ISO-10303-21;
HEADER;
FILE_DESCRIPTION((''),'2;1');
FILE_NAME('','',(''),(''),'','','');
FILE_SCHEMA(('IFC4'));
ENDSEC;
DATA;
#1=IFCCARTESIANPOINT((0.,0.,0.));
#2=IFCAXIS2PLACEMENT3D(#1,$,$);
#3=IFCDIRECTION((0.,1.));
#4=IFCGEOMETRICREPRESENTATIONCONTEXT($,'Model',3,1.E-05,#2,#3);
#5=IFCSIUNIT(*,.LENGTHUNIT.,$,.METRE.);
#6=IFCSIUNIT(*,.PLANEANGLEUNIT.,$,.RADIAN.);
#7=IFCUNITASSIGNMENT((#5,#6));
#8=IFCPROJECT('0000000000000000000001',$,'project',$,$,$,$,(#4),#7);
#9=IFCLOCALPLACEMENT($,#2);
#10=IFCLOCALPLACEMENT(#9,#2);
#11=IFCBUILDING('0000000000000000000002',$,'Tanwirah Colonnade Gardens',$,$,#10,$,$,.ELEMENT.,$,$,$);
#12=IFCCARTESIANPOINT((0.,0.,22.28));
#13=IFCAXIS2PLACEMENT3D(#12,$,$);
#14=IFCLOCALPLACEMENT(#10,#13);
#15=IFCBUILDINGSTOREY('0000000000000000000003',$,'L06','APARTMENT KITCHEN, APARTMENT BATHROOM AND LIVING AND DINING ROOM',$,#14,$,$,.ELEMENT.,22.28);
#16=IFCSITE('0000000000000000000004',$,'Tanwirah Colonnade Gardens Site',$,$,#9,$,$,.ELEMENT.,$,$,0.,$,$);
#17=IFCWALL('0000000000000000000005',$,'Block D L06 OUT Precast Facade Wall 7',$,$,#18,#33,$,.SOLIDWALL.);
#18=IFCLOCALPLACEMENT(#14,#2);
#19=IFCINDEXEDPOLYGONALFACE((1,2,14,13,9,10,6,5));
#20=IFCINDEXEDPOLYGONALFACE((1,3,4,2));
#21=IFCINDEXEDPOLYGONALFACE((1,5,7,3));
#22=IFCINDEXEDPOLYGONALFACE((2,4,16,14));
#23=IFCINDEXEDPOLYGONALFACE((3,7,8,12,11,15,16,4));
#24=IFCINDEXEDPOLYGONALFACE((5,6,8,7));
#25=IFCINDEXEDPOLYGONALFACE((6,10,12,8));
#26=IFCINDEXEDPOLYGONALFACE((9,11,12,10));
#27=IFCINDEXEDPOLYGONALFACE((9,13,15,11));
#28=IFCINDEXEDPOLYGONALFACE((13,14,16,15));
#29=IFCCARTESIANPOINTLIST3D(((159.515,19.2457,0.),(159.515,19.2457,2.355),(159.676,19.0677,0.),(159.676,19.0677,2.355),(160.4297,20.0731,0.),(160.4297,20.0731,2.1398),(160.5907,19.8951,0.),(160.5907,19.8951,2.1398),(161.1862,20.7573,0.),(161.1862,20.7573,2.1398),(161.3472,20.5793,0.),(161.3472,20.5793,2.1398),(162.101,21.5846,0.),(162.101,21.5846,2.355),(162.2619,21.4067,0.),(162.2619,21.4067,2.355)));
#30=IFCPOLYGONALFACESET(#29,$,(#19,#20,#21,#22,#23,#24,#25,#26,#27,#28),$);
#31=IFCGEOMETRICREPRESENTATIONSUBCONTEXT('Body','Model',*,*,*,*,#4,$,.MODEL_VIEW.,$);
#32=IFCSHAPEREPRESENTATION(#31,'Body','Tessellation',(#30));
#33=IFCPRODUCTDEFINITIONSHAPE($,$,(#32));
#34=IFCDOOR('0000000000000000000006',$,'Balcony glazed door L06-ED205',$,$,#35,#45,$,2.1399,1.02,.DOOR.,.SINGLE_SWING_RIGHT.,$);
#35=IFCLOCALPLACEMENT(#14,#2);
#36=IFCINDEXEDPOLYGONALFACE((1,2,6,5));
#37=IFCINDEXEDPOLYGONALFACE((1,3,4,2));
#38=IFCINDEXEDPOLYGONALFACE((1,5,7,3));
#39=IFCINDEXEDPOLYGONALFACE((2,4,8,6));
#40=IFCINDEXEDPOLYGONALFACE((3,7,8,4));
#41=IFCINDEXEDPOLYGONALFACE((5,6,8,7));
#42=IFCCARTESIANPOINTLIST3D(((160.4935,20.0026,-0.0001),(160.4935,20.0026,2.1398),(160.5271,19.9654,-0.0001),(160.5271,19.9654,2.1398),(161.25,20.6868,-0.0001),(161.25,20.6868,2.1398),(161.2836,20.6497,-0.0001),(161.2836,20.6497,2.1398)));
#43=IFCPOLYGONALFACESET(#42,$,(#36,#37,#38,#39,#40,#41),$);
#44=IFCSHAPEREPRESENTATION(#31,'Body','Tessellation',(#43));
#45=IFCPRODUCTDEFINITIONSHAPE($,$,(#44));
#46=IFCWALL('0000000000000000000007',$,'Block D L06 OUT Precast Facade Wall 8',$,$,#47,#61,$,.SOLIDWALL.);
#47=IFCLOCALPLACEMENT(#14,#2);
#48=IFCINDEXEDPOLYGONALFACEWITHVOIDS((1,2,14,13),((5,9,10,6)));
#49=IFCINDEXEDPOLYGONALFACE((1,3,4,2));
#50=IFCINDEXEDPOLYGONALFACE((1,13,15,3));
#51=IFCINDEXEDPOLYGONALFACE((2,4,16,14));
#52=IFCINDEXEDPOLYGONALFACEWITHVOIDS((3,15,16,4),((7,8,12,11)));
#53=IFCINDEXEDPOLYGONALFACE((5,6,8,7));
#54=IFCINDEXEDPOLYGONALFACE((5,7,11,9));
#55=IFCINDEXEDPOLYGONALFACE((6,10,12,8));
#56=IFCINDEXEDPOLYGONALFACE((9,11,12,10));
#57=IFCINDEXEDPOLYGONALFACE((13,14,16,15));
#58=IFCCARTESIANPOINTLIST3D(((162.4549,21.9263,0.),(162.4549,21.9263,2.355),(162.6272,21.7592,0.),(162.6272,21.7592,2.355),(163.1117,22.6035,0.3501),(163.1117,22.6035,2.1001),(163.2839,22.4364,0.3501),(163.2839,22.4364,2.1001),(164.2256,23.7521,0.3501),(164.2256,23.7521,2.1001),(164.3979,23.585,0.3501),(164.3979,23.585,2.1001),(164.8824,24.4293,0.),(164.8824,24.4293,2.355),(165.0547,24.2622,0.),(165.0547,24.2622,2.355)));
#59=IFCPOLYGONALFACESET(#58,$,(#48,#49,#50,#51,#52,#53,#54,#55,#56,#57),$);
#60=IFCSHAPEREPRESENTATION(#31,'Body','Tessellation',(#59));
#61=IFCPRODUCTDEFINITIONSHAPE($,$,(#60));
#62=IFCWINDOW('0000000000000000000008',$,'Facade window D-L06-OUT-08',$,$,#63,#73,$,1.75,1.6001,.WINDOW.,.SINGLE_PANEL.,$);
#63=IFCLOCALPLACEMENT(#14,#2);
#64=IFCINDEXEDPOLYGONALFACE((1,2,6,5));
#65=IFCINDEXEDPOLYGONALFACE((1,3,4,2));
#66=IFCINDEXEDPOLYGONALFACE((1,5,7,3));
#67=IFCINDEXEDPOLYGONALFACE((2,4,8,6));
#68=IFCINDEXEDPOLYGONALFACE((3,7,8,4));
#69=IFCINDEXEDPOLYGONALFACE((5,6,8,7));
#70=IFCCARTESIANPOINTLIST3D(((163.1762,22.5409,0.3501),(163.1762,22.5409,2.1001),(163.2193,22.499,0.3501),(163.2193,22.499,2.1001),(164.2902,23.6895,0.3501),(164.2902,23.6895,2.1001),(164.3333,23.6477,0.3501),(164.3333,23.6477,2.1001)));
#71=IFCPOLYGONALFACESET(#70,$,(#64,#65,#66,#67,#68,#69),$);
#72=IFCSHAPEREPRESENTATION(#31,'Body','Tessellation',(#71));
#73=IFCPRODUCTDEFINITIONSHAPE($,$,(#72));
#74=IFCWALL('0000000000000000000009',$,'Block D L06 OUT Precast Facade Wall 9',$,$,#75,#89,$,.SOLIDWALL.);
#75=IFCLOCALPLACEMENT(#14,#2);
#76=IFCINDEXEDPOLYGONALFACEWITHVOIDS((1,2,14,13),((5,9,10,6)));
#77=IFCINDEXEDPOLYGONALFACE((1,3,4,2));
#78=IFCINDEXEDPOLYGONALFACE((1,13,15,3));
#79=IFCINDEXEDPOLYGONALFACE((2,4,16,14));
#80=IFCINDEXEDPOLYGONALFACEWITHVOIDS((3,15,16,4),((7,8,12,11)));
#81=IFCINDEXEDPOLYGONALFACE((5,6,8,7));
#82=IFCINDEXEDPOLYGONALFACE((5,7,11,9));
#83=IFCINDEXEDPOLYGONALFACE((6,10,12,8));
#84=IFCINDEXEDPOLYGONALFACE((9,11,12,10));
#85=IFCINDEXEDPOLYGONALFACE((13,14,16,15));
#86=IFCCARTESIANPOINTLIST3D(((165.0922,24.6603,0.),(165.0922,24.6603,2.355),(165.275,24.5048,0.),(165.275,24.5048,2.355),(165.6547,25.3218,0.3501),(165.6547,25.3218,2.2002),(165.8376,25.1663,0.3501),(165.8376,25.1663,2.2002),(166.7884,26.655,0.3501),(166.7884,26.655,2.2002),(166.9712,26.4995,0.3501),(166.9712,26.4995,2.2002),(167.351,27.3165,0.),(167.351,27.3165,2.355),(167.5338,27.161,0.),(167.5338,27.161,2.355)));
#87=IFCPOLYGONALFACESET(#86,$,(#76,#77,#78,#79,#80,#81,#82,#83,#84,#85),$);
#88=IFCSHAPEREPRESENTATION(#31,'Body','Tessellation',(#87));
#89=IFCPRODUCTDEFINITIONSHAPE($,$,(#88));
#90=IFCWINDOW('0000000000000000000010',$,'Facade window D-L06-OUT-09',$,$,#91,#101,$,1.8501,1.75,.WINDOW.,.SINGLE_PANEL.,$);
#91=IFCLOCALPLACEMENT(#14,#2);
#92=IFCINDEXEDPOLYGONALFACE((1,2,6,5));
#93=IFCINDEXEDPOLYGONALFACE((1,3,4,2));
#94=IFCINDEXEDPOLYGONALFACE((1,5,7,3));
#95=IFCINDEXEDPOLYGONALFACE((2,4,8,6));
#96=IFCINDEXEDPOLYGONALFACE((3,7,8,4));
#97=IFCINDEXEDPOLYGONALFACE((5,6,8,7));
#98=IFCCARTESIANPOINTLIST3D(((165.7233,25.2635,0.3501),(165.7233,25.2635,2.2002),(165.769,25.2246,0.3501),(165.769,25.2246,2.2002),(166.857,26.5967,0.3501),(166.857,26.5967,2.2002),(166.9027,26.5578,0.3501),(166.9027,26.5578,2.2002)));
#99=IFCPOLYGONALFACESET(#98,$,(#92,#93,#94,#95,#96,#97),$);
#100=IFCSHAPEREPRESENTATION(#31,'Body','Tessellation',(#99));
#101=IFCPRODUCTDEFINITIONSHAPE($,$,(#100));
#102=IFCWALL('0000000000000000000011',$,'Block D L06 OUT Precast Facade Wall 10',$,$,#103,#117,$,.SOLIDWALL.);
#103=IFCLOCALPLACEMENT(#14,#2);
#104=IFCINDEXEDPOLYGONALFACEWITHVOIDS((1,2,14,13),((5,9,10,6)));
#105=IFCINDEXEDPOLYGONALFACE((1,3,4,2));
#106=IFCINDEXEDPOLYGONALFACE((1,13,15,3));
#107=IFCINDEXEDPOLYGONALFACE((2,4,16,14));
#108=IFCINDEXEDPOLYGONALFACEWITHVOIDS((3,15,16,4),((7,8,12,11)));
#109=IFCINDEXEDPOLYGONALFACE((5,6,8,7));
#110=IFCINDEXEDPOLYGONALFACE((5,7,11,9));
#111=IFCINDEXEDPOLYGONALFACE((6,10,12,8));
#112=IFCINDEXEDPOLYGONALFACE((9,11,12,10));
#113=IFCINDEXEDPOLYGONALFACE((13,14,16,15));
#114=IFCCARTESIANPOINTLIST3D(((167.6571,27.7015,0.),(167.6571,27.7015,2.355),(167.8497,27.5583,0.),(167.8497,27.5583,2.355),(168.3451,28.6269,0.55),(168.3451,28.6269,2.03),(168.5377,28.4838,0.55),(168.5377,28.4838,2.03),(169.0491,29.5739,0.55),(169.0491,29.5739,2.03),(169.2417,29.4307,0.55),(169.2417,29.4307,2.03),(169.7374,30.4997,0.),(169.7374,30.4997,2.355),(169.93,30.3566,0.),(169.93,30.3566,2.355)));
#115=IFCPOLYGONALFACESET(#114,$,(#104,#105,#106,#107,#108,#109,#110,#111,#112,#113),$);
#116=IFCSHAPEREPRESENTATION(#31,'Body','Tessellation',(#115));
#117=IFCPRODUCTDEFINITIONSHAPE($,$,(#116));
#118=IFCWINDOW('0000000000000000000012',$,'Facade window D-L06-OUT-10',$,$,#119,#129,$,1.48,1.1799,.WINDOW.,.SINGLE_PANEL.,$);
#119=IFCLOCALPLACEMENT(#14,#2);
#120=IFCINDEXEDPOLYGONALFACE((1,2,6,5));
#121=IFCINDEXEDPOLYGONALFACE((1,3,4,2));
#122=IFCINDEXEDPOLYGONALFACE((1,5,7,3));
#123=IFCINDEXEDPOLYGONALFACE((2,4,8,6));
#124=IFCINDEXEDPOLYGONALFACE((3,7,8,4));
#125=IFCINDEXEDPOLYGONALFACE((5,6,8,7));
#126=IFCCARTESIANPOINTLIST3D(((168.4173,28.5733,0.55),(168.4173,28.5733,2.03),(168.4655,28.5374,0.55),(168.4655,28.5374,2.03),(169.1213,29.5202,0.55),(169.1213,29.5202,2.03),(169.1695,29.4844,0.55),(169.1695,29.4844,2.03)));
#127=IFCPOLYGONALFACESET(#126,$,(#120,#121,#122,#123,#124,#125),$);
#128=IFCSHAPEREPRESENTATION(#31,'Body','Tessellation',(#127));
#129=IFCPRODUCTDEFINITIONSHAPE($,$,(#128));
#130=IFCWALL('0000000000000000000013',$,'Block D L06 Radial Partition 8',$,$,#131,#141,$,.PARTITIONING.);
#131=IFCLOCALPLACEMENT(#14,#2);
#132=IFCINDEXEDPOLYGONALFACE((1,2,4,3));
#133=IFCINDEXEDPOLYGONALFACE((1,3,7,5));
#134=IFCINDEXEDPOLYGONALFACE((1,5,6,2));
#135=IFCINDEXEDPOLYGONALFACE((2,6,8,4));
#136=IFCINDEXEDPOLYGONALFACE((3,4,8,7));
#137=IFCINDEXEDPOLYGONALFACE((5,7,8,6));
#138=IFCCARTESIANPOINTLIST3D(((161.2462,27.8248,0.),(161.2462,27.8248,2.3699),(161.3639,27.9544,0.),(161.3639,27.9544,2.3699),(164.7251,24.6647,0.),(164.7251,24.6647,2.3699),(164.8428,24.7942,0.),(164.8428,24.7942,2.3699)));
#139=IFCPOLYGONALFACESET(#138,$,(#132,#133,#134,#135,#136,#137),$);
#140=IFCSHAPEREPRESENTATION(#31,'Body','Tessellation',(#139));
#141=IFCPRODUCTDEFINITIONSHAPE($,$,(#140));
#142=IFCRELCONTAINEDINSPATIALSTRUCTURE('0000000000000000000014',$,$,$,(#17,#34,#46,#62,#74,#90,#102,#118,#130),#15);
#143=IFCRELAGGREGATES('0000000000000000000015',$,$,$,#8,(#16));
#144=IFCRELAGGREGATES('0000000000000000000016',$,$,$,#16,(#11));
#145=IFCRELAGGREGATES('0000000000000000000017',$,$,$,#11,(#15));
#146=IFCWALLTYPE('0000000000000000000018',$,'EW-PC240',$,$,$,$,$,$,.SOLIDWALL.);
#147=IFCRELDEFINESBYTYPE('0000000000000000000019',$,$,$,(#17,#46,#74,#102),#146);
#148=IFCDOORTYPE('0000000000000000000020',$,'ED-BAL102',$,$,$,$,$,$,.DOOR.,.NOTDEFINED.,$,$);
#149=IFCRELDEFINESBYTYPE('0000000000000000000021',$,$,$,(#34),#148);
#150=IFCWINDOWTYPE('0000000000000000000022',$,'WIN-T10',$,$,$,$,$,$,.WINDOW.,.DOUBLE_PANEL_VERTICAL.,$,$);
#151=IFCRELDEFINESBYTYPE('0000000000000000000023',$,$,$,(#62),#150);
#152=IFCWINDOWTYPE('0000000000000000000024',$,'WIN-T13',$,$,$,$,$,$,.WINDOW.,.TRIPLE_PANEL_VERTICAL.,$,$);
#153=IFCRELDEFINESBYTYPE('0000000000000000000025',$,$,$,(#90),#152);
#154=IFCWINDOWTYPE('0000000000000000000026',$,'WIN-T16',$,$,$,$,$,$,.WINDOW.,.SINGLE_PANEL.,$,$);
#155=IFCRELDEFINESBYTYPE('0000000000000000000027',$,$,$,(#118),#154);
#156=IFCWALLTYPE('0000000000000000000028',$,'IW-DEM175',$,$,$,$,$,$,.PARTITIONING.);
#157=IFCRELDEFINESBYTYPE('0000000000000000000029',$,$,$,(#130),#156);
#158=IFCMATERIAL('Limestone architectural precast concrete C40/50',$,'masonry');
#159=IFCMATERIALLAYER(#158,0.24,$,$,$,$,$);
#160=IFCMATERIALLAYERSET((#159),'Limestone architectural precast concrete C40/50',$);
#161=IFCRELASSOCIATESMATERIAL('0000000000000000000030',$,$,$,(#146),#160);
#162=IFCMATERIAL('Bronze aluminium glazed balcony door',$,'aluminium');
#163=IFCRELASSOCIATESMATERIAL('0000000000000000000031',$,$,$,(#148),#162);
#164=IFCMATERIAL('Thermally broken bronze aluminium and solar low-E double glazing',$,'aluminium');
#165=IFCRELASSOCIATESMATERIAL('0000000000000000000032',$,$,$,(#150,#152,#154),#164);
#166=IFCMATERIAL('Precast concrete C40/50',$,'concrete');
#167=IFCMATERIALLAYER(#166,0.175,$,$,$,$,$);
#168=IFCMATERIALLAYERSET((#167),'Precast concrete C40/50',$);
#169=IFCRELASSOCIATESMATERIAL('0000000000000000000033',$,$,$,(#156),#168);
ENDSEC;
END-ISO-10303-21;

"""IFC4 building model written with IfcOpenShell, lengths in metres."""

from ifc_helpers import new_model, si_unit, direction, frame, frame_2d, origin, place, context, subcontext, project, spatial, rectangle, extrude, material, layer, layer_set, type_object, element, fill, save


model = new_model("IFC4")

# Units and contexts
model_context = context("Model", 3, precision=1e-05, world=origin(), true_north=direction((0.0, 1.0)))
body_context = subcontext(model_context, "Body", "Model", "MODEL_VIEW")
ifc_project = project(units=[si_unit("LENGTHUNIT", "METRE"), si_unit("PLANEANGLEUNIT", "RADIAN")], contexts=[model_context])

# Site, building, storey
site_placement = place(None, origin())
site = spatial("IfcSite", under=ifc_project, at=site_placement, Name="Tanwirah Colonnade Gardens Site", CompositionType="ELEMENT", RefElevation=0.0)
building_placement = place(site_placement, origin())
building = spatial("IfcBuilding", under=site, at=building_placement, Name="Tanwirah Colonnade Gardens", CompositionType="ELEMENT")
storey_placement = place(building_placement, frame((0.0, 0.0, 22.28)))
storey = spatial("IfcBuildingStorey", under=building, at=storey_placement, Name="L06", Description="APARTMENT KITCHEN, APARTMENT BATHROOM AND LIVING AND DINING ROOM", CompositionType="ELEMENT", Elevation=22.28)

# Shared definitions
ifc_material_1 = material(Name="Precast concrete C40/50", Category="concrete")

# Wall, opening, door
ifc_material_2 = material(Name="Limestone architectural precast concrete C40/50", Category="masonry")
ifc_layer_1 = layer(ifc_material_2, 0.24)
ifc_layer_set_1 = layer_set([ifc_layer_1], Name="Limestone architectural precast concrete C40/50")
wall_type_1 = type_object("IfcWallType", Name="EW-PC240", PredefinedType="SOLIDWALL", material=ifc_layer_set_1)
wall_1_placement = place(storey_placement, frame((159.5955, 19.1567, 0.0), z_axis=(0.0, 0.0, 1.0), x_axis=(0.741649, 0.670789, 0.0)))
wall_1 = element("IfcWall", 1, at=wall_1_placement, inside=storey, type_object=wall_type_1, Name="Block D L06 OUT Precast Facade Wall 7", PredefinedType="SOLIDWALL", context=body_context, shape_type="SweptSolid", body=[
    extrude(rectangle(XDim=3.4868, YDim=0.24, at=frame_2d((1.7434, 0.0))), origin(), (0.0, 0.0, 1.0), 2.355),
])
opening_1_placement = place(wall_1_placement, frame((1.2334, 0.0, 0.0)))
opening_1 = element("IfcOpeningElement", 2, at=opening_1_placement, cuts=wall_1, PredefinedType="OPENING", context=body_context, shape_type="SweptSolid", body=[
    extrude(rectangle(XDim=1.02, YDim=2.1399, at=frame_2d((0.51, 1.0698))), frame((0.0, 0.1299, 0.0), z_axis=(0.0, -1.0, 0.0), x_axis=(1.0, 0.0, 0.0)), (0.0, 0.0, 1.0), 0.26),
])
ifc_material_3 = material(Name="Bronze aluminium glazed balcony door", Category="aluminium")
door_type_1 = type_object("IfcDoorType", Name="ED-BAL102", OperationType="NOTDEFINED", PredefinedType="DOOR", material=ifc_material_3)
door_1_placement = place(opening_1_placement, origin())
door_1 = element("IfcDoor", 3, at=door_1_placement, inside=storey, type_object=door_type_1, Name="Balcony glazed door L06-ED205", OperationType="SINGLE_SWING_RIGHT", OverallHeight=2.1399, OverallWidth=1.02, PredefinedType="DOOR", context=body_context, shape_type="SweptSolid", body=[
    extrude(rectangle(XDim=1.02, YDim=2.1399, at=frame_2d((0.51, 1.0698))), frame((0.0, 0.0249, 0.0), z_axis=(0.0, -1.0, 0.0), x_axis=(1.0, 0.0, 0.0)), (0.0, 0.0, 1.0), 0.05),
])
fill(opening_1, door_1)

# Walls, openings, windows
wall_2_placement = place(storey_placement, frame((162.541, 21.8428, 0.0), z_axis=(0.0, 0.0, 1.0), x_axis=(0.696206, 0.717842, 0.0)))
wall_2 = element("IfcWall", 4, at=wall_2_placement, inside=storey, type_object=wall_type_1, Name="Block D L06 OUT Precast Facade Wall 8", PredefinedType="SOLIDWALL", context=body_context, shape_type="SweptSolid", body=[
    extrude(rectangle(XDim=3.4868, YDim=0.24, at=frame_2d((1.7434, 0.0))), origin(), (0.0, 0.0, 1.0), 2.355),
])
opening_2_placement = place(wall_2_placement, frame((0.9434, 0.0, 0.3501)))
opening_2 = element("IfcOpeningElement", 5, at=opening_2_placement, cuts=wall_2, PredefinedType="OPENING", context=body_context, shape_type="SweptSolid", body=[
    extrude(rectangle(XDim=1.6001, YDim=1.75, at=frame_2d((0.8, 0.875))), frame((0.0, 0.1299, 0.0), z_axis=(0.0, -1.0, 0.0), x_axis=(1.0, 0.0, 0.0)), (0.0, 0.0, 1.0), 0.26),
])
ifc_material_4 = material(Name="Thermally broken bronze aluminium and solar low-E double glazing", Category="aluminium")
window_type_1 = type_object("IfcWindowType", Name="WIN-T10", PartitioningType="DOUBLE_PANEL_VERTICAL", PredefinedType="WINDOW", material=ifc_material_4)
window_1_placement = place(opening_2_placement, origin())
window_1 = element("IfcWindow", 6, at=window_1_placement, inside=storey, type_object=window_type_1, Name="Facade window D-L06-OUT-08", OverallHeight=1.75, OverallWidth=1.6001, PartitioningType="SINGLE_PANEL", PredefinedType="WINDOW", context=body_context, shape_type="SweptSolid", body=[
    extrude(rectangle(XDim=1.6001, YDim=1.75, at=frame_2d((0.8, 0.875))), frame((0.0, 0.03, 0.0), z_axis=(0.0, -1.0, 0.0), x_axis=(1.0, 0.0, 0.0)), (0.0, 0.0, 1.0), 0.0601),
])
fill(opening_2, window_1)
wall_3_placement = place(storey_placement, frame((165.1836, 24.5825, 0.0), z_axis=(0.0, 0.0, 1.0), x_axis=(0.647811, 0.761801, 0.0)))
wall_3 = element("IfcWall", 7, at=wall_3_placement, inside=storey, type_object=wall_type_1, Name="Block D L06 OUT Precast Facade Wall 9", PredefinedType="SOLIDWALL", context=body_context, shape_type="SweptSolid", body=[
    extrude(rectangle(XDim=3.4868, YDim=0.24, at=frame_2d((1.7434, 0.0))), origin(), (0.0, 0.0, 1.0), 2.355),
])
opening_3_placement = place(wall_3_placement, frame((0.8684, 0.0, 0.3501)))
opening_3 = element("IfcOpeningElement", 8, at=opening_3_placement, cuts=wall_3, PredefinedType="OPENING", context=body_context, shape_type="SweptSolid", body=[
    extrude(rectangle(XDim=1.75, YDim=1.8501, at=frame_2d((0.875, 0.925))), frame((0.0, 0.1299, 0.0), z_axis=(0.0, -1.0, 0.0), x_axis=(1.0, 0.0, 0.0)), (0.0, 0.0, 1.0), 0.26),
])
window_type_2 = type_object("IfcWindowType", Name="WIN-T13", PartitioningType="TRIPLE_PANEL_VERTICAL", PredefinedType="WINDOW", material=ifc_material_4)
window_2_placement = place(opening_3_placement, origin())
window_2 = element("IfcWindow", 9, at=window_2_placement, inside=storey, type_object=window_type_2, Name="Facade window D-L06-OUT-09", OverallHeight=1.8501, OverallWidth=1.75, PartitioningType="SINGLE_PANEL", PredefinedType="WINDOW", context=body_context, shape_type="SweptSolid", body=[
    extrude(rectangle(XDim=1.75, YDim=1.8501, at=frame_2d((0.875, 0.925))), frame((0.0, 0.03, 0.0), z_axis=(0.0, -1.0, 0.0), x_axis=(1.0, 0.0, 0.0)), (0.0, 0.0, 1.0), 0.0601),
])
fill(opening_3, window_2)
wall_4_placement = place(storey_placement, frame((167.7534, 27.6299, 0.0), z_axis=(0.0, 0.0, 1.0), x_axis=(0.596611, 0.80253, 0.0)))
wall_4 = element("IfcWall", 10, at=wall_4_placement, inside=storey, type_object=wall_type_1, Name="Block D L06 OUT Precast Facade Wall 10", PredefinedType="SOLIDWALL", context=body_context, shape_type="SweptSolid", body=[
    extrude(rectangle(XDim=3.4868, YDim=0.24, at=frame_2d((1.7434, 0.0))), origin(), (0.0, 0.0, 1.0), 2.355),
])
opening_4_placement = place(wall_4_placement, frame((1.1533, 0.0, 0.55)))
opening_4 = element("IfcOpeningElement", 11, at=opening_4_placement, cuts=wall_4, PredefinedType="OPENING", context=body_context, shape_type="SweptSolid", body=[
    extrude(rectangle(XDim=1.1799, YDim=1.48, at=frame_2d((0.5898, 0.74))), frame((0.0, 0.1299, 0.0), z_axis=(0.0, -1.0, 0.0), x_axis=(1.0, 0.0, 0.0)), (0.0, 0.0, 1.0), 0.26),
])
window_type_3 = type_object("IfcWindowType", Name="WIN-T16", PartitioningType="SINGLE_PANEL", PredefinedType="WINDOW", material=ifc_material_4)
window_3_placement = place(opening_4_placement, origin())
window_3 = element("IfcWindow", 12, at=window_3_placement, inside=storey, type_object=window_type_3, Name="Facade window D-L06-OUT-10", OverallHeight=1.48, OverallWidth=1.1799, PartitioningType="SINGLE_PANEL", PredefinedType="WINDOW", context=body_context, shape_type="SweptSolid", body=[
    extrude(rectangle(XDim=1.1799, YDim=1.48, at=frame_2d((0.5898, 0.74))), frame((0.0, 0.03, 0.0), z_axis=(0.0, -1.0, 0.0), x_axis=(1.0, 0.0, 0.0)), (0.0, 0.0, 1.0), 0.0601),
])
fill(opening_4, window_3)

# Wall
ifc_layer_2 = layer(ifc_material_1, 0.175)
ifc_layer_set_2 = layer_set([ifc_layer_2], Name="Precast concrete C40/50")
wall_type_2 = type_object("IfcWallType", Name="IW-DEM175", PredefinedType="PARTITIONING", material=ifc_layer_set_2)
wall_5_placement = place(storey_placement, frame((161.3049, 27.8896, 0.0), z_axis=(0.0, 0.0, 1.0), x_axis=(0.740213, -0.672373, 0.0)))
element("IfcWall", 13, at=wall_5_placement, inside=storey, type_object=wall_type_2, Name="Block D L06 Radial Partition 8", PredefinedType="PARTITIONING", context=body_context, shape_type="SweptSolid", body=[
    extrude(rectangle(XDim=4.7, YDim=0.175, at=frame_2d((2.3501, 0.0))), origin(), (0.0, 0.0, 1.0), 2.3699),
])

save(model, "model.ifc")
